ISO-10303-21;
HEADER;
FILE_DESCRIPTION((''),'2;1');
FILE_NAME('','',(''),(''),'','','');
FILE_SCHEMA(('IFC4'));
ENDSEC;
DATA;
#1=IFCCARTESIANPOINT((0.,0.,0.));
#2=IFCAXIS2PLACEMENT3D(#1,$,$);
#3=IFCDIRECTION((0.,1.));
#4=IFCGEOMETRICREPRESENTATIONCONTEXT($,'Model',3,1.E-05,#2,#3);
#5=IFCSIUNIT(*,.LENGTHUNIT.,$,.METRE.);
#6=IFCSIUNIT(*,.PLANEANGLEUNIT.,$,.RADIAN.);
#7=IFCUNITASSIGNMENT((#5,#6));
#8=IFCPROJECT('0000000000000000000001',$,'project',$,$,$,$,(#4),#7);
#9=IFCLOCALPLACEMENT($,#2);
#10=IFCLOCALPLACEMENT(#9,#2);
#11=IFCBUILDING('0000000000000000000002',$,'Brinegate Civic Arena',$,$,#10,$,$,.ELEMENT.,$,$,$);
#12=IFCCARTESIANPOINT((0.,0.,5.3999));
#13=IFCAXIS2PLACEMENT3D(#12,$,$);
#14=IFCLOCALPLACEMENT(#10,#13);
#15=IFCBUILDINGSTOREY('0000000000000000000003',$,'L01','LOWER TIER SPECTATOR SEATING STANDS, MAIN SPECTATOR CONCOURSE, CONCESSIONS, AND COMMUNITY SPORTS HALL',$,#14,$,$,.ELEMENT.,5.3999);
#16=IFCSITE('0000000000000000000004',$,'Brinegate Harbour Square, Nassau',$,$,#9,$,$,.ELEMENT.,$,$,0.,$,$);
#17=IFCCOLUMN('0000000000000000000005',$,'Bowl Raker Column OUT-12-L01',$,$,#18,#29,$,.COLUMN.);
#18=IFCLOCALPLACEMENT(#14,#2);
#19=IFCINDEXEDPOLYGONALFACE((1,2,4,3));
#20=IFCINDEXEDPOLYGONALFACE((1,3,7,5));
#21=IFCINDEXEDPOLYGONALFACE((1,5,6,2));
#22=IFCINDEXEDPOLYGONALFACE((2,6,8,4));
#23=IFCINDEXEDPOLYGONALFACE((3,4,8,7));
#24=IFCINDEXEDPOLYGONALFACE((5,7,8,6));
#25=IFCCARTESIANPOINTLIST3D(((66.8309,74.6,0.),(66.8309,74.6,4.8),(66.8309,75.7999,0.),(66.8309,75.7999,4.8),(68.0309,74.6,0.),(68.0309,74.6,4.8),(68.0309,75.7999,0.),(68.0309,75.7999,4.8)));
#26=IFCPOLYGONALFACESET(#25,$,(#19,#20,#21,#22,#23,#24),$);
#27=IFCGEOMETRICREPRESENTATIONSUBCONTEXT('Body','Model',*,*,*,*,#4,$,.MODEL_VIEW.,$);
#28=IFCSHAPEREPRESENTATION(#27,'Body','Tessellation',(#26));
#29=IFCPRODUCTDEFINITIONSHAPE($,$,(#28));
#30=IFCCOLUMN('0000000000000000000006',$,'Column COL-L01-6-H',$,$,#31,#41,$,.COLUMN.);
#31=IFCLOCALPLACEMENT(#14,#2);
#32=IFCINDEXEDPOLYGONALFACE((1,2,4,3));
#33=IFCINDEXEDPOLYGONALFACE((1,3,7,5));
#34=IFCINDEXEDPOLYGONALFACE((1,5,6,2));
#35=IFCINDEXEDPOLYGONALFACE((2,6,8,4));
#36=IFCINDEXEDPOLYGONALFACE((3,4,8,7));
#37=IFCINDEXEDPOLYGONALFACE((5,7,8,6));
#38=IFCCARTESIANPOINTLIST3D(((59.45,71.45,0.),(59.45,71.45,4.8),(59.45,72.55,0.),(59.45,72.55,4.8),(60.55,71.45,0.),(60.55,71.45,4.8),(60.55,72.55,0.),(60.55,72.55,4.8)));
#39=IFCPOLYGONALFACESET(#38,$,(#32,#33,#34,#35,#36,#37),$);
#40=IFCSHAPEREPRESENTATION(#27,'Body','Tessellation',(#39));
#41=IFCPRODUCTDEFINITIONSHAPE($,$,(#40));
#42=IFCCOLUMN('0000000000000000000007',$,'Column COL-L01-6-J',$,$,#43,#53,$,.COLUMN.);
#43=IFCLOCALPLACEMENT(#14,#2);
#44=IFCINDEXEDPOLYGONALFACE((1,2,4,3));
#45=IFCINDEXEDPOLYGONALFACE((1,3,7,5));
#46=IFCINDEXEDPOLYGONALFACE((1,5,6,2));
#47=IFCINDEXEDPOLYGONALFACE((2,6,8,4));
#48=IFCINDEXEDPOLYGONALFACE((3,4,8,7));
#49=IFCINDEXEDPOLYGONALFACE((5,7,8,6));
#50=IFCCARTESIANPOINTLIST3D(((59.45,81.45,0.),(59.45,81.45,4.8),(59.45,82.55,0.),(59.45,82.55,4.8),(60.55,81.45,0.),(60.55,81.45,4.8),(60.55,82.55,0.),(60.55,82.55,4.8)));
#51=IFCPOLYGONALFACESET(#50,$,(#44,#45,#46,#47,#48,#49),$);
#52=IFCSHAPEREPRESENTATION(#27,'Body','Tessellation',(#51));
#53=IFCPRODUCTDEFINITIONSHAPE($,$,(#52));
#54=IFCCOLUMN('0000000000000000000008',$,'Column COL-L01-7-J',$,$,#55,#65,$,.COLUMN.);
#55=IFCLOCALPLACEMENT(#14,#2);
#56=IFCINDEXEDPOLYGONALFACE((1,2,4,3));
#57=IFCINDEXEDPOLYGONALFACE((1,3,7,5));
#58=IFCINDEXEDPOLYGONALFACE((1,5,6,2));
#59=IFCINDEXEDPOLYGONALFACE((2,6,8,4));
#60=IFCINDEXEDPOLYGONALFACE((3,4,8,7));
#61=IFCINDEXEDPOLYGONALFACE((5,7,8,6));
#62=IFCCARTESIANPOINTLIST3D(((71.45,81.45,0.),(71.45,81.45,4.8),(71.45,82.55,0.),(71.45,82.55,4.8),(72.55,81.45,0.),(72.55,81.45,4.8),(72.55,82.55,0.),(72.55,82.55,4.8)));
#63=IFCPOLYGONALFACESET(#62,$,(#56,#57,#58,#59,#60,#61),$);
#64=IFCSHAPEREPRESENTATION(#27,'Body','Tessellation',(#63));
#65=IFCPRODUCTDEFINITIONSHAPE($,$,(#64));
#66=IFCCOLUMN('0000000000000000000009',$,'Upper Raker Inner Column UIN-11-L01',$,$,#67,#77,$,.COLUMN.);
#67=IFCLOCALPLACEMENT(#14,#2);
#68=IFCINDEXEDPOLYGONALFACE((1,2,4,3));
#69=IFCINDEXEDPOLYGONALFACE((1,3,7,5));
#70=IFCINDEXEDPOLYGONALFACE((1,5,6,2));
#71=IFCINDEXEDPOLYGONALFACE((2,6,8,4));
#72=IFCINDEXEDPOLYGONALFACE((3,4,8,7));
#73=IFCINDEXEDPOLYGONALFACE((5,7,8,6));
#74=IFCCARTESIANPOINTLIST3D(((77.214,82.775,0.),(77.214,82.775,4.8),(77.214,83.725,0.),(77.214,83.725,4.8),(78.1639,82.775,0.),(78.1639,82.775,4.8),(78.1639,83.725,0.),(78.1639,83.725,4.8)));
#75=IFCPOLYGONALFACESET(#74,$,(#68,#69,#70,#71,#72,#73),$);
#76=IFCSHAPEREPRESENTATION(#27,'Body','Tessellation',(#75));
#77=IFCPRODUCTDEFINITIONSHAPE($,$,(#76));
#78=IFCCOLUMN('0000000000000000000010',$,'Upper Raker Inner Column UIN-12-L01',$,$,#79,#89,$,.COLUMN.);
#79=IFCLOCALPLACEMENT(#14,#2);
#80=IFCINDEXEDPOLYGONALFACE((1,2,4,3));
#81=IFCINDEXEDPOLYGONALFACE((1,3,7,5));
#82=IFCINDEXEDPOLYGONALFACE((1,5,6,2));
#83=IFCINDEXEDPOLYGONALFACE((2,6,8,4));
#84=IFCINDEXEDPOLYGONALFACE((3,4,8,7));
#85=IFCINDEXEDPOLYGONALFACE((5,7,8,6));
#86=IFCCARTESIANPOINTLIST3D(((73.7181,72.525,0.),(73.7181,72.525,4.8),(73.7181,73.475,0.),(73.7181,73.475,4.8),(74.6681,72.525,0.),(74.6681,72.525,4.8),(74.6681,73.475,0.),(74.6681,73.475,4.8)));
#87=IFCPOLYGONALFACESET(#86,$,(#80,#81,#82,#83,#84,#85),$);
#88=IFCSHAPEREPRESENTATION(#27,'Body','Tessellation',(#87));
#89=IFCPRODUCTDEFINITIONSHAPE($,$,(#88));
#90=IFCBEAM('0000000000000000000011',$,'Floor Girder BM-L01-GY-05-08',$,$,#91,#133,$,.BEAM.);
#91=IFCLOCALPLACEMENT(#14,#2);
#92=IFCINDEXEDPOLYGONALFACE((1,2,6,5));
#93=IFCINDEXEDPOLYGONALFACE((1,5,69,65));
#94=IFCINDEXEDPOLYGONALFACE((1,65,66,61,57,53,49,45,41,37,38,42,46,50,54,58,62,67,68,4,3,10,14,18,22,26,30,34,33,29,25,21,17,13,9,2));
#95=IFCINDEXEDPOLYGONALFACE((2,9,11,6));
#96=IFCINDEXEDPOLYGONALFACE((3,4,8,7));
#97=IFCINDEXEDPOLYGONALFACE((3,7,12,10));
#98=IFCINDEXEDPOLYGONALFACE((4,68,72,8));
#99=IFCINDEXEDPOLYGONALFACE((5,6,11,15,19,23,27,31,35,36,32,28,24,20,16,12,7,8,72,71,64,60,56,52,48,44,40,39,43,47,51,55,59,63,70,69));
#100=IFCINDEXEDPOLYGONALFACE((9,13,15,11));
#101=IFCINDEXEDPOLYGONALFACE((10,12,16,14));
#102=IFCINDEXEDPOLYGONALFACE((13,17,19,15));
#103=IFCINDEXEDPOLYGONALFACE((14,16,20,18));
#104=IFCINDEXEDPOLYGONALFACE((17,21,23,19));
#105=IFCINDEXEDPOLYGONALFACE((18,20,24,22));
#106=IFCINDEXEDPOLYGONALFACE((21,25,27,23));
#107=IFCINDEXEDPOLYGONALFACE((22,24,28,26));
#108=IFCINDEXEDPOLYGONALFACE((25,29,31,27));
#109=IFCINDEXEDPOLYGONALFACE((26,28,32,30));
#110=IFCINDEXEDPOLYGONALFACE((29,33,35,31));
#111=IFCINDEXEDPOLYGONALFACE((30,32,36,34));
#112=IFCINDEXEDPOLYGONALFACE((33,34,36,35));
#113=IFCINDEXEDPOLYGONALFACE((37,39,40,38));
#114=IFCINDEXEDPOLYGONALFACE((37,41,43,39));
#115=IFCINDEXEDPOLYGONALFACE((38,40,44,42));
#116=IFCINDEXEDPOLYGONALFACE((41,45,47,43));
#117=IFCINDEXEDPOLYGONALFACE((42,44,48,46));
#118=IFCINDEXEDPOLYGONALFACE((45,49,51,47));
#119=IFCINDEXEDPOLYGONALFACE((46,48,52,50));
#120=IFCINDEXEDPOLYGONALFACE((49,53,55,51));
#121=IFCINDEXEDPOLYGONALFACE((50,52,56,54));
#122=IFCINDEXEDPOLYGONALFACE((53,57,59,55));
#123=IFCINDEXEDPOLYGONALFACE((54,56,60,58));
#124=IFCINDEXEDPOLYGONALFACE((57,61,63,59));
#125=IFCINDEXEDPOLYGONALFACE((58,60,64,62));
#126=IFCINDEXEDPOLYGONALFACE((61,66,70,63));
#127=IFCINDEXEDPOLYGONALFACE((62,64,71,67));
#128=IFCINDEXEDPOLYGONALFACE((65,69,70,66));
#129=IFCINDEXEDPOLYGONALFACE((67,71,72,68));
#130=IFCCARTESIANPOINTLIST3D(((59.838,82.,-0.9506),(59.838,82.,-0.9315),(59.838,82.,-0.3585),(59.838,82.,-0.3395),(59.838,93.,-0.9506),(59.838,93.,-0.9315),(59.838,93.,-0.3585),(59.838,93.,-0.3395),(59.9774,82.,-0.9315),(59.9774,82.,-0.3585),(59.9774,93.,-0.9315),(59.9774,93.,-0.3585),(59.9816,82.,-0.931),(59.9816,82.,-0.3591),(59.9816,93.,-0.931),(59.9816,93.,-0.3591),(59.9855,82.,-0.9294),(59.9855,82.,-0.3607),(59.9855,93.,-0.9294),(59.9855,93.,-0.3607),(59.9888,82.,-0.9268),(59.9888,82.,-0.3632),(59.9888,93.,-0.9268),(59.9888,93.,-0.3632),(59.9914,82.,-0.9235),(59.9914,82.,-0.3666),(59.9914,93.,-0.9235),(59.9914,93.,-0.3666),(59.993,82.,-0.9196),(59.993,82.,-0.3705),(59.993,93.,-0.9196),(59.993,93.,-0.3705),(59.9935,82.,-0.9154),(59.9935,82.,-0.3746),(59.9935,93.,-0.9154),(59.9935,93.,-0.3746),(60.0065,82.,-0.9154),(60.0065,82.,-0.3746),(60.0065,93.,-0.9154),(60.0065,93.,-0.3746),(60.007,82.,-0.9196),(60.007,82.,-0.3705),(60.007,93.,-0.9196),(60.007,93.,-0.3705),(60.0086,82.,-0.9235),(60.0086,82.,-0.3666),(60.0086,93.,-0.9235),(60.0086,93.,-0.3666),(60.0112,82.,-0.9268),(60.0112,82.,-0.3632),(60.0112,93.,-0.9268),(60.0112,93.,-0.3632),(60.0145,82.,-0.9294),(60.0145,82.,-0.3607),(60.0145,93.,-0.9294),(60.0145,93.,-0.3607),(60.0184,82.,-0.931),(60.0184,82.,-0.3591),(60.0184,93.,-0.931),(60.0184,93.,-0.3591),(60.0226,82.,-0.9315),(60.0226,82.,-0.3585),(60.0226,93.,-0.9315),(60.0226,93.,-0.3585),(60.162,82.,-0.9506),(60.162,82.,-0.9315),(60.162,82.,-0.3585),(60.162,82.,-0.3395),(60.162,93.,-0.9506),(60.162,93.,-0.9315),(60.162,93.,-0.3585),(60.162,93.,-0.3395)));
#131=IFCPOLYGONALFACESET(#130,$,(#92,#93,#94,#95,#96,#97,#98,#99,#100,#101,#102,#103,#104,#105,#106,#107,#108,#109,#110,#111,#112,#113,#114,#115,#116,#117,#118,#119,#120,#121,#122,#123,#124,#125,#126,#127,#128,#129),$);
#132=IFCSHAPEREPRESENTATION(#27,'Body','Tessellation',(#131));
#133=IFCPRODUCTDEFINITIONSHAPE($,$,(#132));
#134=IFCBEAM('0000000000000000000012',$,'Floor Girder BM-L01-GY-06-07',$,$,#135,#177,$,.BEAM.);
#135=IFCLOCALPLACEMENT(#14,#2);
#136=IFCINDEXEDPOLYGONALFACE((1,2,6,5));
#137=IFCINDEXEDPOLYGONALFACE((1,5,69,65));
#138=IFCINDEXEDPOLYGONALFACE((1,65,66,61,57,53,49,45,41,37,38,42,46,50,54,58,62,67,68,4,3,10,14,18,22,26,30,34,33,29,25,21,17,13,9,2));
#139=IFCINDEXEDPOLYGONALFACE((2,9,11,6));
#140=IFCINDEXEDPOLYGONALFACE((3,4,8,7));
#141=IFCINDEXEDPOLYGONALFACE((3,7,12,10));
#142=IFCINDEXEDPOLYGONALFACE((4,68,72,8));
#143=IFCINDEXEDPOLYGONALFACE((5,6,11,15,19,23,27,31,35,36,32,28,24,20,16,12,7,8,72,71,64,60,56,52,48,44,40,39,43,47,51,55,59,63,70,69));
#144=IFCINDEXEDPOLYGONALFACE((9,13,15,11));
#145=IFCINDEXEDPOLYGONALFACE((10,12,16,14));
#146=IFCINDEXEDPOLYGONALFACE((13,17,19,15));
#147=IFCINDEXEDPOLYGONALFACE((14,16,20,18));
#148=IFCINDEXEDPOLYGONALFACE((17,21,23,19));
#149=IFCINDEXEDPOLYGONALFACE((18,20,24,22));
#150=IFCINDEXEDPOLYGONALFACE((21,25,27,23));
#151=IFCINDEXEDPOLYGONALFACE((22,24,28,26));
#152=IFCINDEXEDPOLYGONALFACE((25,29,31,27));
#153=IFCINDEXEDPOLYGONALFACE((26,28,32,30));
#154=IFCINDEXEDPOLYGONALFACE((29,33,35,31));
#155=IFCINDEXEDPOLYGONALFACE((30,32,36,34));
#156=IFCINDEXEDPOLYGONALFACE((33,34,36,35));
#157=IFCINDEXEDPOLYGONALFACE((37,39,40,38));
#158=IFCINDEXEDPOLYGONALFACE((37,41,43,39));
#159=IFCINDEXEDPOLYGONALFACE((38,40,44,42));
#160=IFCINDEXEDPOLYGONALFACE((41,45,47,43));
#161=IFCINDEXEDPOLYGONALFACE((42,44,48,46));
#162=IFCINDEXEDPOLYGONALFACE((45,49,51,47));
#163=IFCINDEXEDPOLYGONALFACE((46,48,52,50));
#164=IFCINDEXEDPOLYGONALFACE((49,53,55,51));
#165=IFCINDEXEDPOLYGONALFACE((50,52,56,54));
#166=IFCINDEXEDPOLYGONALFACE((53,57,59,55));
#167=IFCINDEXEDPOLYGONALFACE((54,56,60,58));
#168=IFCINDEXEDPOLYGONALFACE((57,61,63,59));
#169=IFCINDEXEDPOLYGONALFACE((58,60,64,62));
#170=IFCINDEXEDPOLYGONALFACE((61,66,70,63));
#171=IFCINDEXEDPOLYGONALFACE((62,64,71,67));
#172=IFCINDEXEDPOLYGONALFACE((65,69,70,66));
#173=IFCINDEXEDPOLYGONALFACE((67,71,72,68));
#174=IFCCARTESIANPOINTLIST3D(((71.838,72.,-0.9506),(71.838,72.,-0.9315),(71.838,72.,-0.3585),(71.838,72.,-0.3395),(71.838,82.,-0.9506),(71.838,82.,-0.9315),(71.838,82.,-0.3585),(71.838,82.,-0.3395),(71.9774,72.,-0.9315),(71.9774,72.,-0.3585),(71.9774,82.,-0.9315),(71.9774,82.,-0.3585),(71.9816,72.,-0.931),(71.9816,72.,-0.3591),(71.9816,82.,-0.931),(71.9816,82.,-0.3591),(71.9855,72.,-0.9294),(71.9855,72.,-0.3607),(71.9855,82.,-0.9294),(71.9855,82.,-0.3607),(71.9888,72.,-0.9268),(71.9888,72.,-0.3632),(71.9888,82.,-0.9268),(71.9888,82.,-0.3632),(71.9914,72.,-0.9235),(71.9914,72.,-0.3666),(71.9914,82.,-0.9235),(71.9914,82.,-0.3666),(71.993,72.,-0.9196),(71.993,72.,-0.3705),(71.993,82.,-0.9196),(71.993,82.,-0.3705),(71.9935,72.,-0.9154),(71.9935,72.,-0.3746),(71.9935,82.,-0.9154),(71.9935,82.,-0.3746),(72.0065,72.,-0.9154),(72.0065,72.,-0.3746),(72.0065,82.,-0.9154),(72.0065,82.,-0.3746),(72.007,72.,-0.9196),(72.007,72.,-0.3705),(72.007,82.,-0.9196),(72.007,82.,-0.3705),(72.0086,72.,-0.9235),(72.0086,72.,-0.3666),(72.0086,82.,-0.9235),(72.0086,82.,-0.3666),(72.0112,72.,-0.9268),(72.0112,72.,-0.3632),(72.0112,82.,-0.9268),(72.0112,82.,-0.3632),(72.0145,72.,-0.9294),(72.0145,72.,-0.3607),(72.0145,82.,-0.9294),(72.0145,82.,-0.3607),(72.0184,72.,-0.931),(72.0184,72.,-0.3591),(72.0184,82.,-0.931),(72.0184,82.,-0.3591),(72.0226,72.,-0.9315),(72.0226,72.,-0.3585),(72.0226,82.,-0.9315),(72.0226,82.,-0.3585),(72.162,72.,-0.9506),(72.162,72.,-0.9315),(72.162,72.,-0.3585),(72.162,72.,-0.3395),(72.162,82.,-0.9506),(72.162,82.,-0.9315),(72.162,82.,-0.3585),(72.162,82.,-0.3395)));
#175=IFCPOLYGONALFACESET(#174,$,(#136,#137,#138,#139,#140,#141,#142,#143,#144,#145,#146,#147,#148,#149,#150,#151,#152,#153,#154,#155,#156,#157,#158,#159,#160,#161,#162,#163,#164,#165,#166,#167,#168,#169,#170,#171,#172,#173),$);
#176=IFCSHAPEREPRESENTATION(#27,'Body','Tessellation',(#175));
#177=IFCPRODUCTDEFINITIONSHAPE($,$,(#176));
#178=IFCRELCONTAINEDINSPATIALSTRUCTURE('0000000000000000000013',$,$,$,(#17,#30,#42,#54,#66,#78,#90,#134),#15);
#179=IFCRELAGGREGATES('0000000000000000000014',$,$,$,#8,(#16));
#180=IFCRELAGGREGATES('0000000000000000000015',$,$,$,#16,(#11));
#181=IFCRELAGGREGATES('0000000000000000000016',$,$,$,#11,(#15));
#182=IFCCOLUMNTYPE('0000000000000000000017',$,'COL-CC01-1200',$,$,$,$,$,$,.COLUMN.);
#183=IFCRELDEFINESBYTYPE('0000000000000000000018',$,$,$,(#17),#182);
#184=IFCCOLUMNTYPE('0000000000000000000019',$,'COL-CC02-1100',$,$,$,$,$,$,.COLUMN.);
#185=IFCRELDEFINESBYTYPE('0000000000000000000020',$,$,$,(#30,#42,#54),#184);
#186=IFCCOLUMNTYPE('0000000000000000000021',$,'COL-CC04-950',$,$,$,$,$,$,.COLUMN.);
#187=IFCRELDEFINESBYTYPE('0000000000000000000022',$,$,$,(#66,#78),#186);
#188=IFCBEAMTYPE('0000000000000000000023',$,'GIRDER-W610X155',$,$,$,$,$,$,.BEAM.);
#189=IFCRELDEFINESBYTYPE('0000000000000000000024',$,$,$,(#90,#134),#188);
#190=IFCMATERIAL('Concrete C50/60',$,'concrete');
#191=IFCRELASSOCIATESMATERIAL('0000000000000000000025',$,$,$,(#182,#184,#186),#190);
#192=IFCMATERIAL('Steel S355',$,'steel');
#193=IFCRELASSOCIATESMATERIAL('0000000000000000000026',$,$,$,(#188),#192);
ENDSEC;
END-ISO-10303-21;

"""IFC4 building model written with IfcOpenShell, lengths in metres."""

from ifc_helpers import new_model, si_unit, direction, frame, origin, origin_2d, place, context, subcontext, project, spatial, rectangle, i_section, extrude, material, material_profile, profile_set, type_object, element, save


model = new_model("IFC4")

# Units and contexts
model_context = context("Model", 3, precision=1e-05, world=origin(), true_north=direction((0.0, 1.0)))
body_context = subcontext(model_context, "Body", "Model", "MODEL_VIEW")
ifc_project = project(units=[si_unit("LENGTHUNIT", "METRE"), si_unit("PLANEANGLEUNIT", "RADIAN")], contexts=[model_context])

# Site, building, storey
site_placement = place(None, origin())
site = spatial("IfcSite", under=ifc_project, at=site_placement, Name="Brinegate Harbour Square, Nassau", CompositionType="ELEMENT", RefElevation=0.0)
building_placement = place(site_placement, origin())
building = spatial("IfcBuilding", under=site, at=building_placement, Name="Brinegate Civic Arena", CompositionType="ELEMENT")
storey_placement = place(building_placement, frame((0.0, 0.0, 5.3999)))
storey = spatial("IfcBuildingStorey", under=building, at=storey_placement, Name="L01", Description="LOWER TIER SPECTATOR SEATING STANDS, MAIN SPECTATOR CONCOURSE, CONCESSIONS, AND COMMUNITY SPORTS HALL", CompositionType="ELEMENT", Elevation=5.3999)

# Columns
ifc_material_1 = material(Name="Concrete C50/60", Category="concrete")
ifc_material_profile_1 = material_profile(ifc_material_1, rectangle(XDim=1.2, YDim=1.2, at=origin_2d()), Name="RC1200X1200")
ifc_profile_set_1 = profile_set([ifc_material_profile_1], Name="Concrete C50/60")
column_type_1 = type_object("IfcColumnType", Name="COL-CC01-1200", PredefinedType="COLUMN", material=ifc_profile_set_1)
column_placement = place(storey_placement, frame((67.4309, 75.2, 0.0), z_axis=(0.0, 0.0, 1.0), x_axis=(1.0, 0.0, 0.0)))
element("IfcColumn", 1, at=column_placement, inside=storey, type_object=column_type_1, Name="Bowl Raker Column OUT-12-L01", PredefinedType="COLUMN", context=body_context, shape_type="SweptSolid", body=[
    extrude(rectangle(XDim=1.2, YDim=1.2, at=origin_2d()), origin(), (0.0, 0.0, 1.0), 4.8),
])
ifc_material_profile_2 = material_profile(ifc_material_1, rectangle(XDim=1.1001, YDim=1.1001, at=origin_2d()), Name="RC1100X1100")
ifc_profile_set_2 = profile_set([ifc_material_profile_2], Name="Concrete C50/60")
column_type_2 = type_object("IfcColumnType", Name="COL-CC02-1100", PredefinedType="COLUMN", material=ifc_profile_set_2)
for number, where, z_axis, x_axis, name in (
    (2, (60.0, 72.0, 0.0), (0.0, 0.0, 1.0), (1.0, 0.0, 0.0), "Column COL-L01-6-H"),
    (3, (60.0, 82.0, 0.0), (0.0, 0.0, 1.0), (1.0, 0.0, 0.0), "Column COL-L01-6-J"),
    (4, (72.0, 82.0, 0.0), (0.0, 0.0, 1.0), (1.0, 0.0, 0.0), "Column COL-L01-7-J"),
):
    element("IfcColumn", number, at=place(storey_placement, frame(where, z_axis=z_axis, x_axis=x_axis)), inside=storey, type_object=column_type_2, Name=name, PredefinedType="COLUMN", context=body_context, shape_type="SweptSolid", body=[
        extrude(rectangle(XDim=1.1001, YDim=1.1001, at=origin_2d()), origin(), (0.0, 0.0, 1.0), 4.8),
    ])
ifc_material_profile_3 = material_profile(ifc_material_1, rectangle(XDim=0.95, YDim=0.95, at=origin_2d()), Name="RC950X950")
ifc_profile_set_3 = profile_set([ifc_material_profile_3], Name="Concrete C50/60")
column_type_3 = type_object("IfcColumnType", Name="COL-CC04-950", PredefinedType="COLUMN", material=ifc_profile_set_3)
for number, where, z_axis, x_axis, name in (
    (5, (77.689, 83.25, 0.0), (0.0, 0.0, 1.0), (1.0, 0.0, 0.0), "Upper Raker Inner Column UIN-11-L01"),
    (6, (74.1931, 73.0, 0.0), (0.0, 0.0, 1.0), (1.0, 0.0, 0.0), "Upper Raker Inner Column UIN-12-L01"),
):
    element("IfcColumn", number, at=place(storey_placement, frame(where, z_axis=z_axis, x_axis=x_axis)), inside=storey, type_object=column_type_3, Name=name, PredefinedType="COLUMN", context=body_context, shape_type="SweptSolid", body=[
        extrude(rectangle(XDim=0.95, YDim=0.95, at=origin_2d()), origin(), (0.0, 0.0, 1.0), 4.8),
    ])

# Beams
ifc_material_2 = material(Name="Steel S355", Category="steel")
ifc_material_profile_4 = material_profile(ifc_material_2, i_section(OverallWidth=0.324, OverallDepth=0.6111, WebThickness=0.0129, FlangeThickness=0.019, FilletRadius=0.0161, at=origin_2d()), Name="W610X155")
ifc_profile_set_4 = profile_set([ifc_material_profile_4], Name="Steel S355")
beam_type_1 = type_object("IfcBeamType", Name="GIRDER-W610X155", PredefinedType="BEAM", material=ifc_profile_set_4)
beam_1_placement = place(storey_placement, frame((60.0, 82.0, -0.645), z_axis=(0.0, 1.0, 0.0), x_axis=(-1.0, 0.0, 0.0)))
element("IfcBeam", 7, at=beam_1_placement, inside=storey, type_object=beam_type_1, Name="Floor Girder BM-L01-GY-05-08", PredefinedType="BEAM", context=body_context, shape_type="SweptSolid", body=[
    extrude(i_section(OverallWidth=0.324, OverallDepth=0.6111, WebThickness=0.0129, FlangeThickness=0.019, FilletRadius=0.0161, at=origin_2d()), origin(), (0.0, 0.0, 1.0), 11.0),
])
beam_2_placement = place(storey_placement, frame((72.0, 72.0, -0.645), z_axis=(0.0, 1.0, 0.0), x_axis=(-1.0, 0.0, 0.0)))
element("IfcBeam", 8, at=beam_2_placement, inside=storey, type_object=beam_type_1, Name="Floor Girder BM-L01-GY-06-07", PredefinedType="BEAM", context=body_context, shape_type="SweptSolid", body=[
    extrude(i_section(OverallWidth=0.324, OverallDepth=0.6111, WebThickness=0.0129, FlangeThickness=0.019, FilletRadius=0.0161, at=origin_2d()), origin(), (0.0, 0.0, 1.0), 10.0),
])

save(model, "model.ifc")
